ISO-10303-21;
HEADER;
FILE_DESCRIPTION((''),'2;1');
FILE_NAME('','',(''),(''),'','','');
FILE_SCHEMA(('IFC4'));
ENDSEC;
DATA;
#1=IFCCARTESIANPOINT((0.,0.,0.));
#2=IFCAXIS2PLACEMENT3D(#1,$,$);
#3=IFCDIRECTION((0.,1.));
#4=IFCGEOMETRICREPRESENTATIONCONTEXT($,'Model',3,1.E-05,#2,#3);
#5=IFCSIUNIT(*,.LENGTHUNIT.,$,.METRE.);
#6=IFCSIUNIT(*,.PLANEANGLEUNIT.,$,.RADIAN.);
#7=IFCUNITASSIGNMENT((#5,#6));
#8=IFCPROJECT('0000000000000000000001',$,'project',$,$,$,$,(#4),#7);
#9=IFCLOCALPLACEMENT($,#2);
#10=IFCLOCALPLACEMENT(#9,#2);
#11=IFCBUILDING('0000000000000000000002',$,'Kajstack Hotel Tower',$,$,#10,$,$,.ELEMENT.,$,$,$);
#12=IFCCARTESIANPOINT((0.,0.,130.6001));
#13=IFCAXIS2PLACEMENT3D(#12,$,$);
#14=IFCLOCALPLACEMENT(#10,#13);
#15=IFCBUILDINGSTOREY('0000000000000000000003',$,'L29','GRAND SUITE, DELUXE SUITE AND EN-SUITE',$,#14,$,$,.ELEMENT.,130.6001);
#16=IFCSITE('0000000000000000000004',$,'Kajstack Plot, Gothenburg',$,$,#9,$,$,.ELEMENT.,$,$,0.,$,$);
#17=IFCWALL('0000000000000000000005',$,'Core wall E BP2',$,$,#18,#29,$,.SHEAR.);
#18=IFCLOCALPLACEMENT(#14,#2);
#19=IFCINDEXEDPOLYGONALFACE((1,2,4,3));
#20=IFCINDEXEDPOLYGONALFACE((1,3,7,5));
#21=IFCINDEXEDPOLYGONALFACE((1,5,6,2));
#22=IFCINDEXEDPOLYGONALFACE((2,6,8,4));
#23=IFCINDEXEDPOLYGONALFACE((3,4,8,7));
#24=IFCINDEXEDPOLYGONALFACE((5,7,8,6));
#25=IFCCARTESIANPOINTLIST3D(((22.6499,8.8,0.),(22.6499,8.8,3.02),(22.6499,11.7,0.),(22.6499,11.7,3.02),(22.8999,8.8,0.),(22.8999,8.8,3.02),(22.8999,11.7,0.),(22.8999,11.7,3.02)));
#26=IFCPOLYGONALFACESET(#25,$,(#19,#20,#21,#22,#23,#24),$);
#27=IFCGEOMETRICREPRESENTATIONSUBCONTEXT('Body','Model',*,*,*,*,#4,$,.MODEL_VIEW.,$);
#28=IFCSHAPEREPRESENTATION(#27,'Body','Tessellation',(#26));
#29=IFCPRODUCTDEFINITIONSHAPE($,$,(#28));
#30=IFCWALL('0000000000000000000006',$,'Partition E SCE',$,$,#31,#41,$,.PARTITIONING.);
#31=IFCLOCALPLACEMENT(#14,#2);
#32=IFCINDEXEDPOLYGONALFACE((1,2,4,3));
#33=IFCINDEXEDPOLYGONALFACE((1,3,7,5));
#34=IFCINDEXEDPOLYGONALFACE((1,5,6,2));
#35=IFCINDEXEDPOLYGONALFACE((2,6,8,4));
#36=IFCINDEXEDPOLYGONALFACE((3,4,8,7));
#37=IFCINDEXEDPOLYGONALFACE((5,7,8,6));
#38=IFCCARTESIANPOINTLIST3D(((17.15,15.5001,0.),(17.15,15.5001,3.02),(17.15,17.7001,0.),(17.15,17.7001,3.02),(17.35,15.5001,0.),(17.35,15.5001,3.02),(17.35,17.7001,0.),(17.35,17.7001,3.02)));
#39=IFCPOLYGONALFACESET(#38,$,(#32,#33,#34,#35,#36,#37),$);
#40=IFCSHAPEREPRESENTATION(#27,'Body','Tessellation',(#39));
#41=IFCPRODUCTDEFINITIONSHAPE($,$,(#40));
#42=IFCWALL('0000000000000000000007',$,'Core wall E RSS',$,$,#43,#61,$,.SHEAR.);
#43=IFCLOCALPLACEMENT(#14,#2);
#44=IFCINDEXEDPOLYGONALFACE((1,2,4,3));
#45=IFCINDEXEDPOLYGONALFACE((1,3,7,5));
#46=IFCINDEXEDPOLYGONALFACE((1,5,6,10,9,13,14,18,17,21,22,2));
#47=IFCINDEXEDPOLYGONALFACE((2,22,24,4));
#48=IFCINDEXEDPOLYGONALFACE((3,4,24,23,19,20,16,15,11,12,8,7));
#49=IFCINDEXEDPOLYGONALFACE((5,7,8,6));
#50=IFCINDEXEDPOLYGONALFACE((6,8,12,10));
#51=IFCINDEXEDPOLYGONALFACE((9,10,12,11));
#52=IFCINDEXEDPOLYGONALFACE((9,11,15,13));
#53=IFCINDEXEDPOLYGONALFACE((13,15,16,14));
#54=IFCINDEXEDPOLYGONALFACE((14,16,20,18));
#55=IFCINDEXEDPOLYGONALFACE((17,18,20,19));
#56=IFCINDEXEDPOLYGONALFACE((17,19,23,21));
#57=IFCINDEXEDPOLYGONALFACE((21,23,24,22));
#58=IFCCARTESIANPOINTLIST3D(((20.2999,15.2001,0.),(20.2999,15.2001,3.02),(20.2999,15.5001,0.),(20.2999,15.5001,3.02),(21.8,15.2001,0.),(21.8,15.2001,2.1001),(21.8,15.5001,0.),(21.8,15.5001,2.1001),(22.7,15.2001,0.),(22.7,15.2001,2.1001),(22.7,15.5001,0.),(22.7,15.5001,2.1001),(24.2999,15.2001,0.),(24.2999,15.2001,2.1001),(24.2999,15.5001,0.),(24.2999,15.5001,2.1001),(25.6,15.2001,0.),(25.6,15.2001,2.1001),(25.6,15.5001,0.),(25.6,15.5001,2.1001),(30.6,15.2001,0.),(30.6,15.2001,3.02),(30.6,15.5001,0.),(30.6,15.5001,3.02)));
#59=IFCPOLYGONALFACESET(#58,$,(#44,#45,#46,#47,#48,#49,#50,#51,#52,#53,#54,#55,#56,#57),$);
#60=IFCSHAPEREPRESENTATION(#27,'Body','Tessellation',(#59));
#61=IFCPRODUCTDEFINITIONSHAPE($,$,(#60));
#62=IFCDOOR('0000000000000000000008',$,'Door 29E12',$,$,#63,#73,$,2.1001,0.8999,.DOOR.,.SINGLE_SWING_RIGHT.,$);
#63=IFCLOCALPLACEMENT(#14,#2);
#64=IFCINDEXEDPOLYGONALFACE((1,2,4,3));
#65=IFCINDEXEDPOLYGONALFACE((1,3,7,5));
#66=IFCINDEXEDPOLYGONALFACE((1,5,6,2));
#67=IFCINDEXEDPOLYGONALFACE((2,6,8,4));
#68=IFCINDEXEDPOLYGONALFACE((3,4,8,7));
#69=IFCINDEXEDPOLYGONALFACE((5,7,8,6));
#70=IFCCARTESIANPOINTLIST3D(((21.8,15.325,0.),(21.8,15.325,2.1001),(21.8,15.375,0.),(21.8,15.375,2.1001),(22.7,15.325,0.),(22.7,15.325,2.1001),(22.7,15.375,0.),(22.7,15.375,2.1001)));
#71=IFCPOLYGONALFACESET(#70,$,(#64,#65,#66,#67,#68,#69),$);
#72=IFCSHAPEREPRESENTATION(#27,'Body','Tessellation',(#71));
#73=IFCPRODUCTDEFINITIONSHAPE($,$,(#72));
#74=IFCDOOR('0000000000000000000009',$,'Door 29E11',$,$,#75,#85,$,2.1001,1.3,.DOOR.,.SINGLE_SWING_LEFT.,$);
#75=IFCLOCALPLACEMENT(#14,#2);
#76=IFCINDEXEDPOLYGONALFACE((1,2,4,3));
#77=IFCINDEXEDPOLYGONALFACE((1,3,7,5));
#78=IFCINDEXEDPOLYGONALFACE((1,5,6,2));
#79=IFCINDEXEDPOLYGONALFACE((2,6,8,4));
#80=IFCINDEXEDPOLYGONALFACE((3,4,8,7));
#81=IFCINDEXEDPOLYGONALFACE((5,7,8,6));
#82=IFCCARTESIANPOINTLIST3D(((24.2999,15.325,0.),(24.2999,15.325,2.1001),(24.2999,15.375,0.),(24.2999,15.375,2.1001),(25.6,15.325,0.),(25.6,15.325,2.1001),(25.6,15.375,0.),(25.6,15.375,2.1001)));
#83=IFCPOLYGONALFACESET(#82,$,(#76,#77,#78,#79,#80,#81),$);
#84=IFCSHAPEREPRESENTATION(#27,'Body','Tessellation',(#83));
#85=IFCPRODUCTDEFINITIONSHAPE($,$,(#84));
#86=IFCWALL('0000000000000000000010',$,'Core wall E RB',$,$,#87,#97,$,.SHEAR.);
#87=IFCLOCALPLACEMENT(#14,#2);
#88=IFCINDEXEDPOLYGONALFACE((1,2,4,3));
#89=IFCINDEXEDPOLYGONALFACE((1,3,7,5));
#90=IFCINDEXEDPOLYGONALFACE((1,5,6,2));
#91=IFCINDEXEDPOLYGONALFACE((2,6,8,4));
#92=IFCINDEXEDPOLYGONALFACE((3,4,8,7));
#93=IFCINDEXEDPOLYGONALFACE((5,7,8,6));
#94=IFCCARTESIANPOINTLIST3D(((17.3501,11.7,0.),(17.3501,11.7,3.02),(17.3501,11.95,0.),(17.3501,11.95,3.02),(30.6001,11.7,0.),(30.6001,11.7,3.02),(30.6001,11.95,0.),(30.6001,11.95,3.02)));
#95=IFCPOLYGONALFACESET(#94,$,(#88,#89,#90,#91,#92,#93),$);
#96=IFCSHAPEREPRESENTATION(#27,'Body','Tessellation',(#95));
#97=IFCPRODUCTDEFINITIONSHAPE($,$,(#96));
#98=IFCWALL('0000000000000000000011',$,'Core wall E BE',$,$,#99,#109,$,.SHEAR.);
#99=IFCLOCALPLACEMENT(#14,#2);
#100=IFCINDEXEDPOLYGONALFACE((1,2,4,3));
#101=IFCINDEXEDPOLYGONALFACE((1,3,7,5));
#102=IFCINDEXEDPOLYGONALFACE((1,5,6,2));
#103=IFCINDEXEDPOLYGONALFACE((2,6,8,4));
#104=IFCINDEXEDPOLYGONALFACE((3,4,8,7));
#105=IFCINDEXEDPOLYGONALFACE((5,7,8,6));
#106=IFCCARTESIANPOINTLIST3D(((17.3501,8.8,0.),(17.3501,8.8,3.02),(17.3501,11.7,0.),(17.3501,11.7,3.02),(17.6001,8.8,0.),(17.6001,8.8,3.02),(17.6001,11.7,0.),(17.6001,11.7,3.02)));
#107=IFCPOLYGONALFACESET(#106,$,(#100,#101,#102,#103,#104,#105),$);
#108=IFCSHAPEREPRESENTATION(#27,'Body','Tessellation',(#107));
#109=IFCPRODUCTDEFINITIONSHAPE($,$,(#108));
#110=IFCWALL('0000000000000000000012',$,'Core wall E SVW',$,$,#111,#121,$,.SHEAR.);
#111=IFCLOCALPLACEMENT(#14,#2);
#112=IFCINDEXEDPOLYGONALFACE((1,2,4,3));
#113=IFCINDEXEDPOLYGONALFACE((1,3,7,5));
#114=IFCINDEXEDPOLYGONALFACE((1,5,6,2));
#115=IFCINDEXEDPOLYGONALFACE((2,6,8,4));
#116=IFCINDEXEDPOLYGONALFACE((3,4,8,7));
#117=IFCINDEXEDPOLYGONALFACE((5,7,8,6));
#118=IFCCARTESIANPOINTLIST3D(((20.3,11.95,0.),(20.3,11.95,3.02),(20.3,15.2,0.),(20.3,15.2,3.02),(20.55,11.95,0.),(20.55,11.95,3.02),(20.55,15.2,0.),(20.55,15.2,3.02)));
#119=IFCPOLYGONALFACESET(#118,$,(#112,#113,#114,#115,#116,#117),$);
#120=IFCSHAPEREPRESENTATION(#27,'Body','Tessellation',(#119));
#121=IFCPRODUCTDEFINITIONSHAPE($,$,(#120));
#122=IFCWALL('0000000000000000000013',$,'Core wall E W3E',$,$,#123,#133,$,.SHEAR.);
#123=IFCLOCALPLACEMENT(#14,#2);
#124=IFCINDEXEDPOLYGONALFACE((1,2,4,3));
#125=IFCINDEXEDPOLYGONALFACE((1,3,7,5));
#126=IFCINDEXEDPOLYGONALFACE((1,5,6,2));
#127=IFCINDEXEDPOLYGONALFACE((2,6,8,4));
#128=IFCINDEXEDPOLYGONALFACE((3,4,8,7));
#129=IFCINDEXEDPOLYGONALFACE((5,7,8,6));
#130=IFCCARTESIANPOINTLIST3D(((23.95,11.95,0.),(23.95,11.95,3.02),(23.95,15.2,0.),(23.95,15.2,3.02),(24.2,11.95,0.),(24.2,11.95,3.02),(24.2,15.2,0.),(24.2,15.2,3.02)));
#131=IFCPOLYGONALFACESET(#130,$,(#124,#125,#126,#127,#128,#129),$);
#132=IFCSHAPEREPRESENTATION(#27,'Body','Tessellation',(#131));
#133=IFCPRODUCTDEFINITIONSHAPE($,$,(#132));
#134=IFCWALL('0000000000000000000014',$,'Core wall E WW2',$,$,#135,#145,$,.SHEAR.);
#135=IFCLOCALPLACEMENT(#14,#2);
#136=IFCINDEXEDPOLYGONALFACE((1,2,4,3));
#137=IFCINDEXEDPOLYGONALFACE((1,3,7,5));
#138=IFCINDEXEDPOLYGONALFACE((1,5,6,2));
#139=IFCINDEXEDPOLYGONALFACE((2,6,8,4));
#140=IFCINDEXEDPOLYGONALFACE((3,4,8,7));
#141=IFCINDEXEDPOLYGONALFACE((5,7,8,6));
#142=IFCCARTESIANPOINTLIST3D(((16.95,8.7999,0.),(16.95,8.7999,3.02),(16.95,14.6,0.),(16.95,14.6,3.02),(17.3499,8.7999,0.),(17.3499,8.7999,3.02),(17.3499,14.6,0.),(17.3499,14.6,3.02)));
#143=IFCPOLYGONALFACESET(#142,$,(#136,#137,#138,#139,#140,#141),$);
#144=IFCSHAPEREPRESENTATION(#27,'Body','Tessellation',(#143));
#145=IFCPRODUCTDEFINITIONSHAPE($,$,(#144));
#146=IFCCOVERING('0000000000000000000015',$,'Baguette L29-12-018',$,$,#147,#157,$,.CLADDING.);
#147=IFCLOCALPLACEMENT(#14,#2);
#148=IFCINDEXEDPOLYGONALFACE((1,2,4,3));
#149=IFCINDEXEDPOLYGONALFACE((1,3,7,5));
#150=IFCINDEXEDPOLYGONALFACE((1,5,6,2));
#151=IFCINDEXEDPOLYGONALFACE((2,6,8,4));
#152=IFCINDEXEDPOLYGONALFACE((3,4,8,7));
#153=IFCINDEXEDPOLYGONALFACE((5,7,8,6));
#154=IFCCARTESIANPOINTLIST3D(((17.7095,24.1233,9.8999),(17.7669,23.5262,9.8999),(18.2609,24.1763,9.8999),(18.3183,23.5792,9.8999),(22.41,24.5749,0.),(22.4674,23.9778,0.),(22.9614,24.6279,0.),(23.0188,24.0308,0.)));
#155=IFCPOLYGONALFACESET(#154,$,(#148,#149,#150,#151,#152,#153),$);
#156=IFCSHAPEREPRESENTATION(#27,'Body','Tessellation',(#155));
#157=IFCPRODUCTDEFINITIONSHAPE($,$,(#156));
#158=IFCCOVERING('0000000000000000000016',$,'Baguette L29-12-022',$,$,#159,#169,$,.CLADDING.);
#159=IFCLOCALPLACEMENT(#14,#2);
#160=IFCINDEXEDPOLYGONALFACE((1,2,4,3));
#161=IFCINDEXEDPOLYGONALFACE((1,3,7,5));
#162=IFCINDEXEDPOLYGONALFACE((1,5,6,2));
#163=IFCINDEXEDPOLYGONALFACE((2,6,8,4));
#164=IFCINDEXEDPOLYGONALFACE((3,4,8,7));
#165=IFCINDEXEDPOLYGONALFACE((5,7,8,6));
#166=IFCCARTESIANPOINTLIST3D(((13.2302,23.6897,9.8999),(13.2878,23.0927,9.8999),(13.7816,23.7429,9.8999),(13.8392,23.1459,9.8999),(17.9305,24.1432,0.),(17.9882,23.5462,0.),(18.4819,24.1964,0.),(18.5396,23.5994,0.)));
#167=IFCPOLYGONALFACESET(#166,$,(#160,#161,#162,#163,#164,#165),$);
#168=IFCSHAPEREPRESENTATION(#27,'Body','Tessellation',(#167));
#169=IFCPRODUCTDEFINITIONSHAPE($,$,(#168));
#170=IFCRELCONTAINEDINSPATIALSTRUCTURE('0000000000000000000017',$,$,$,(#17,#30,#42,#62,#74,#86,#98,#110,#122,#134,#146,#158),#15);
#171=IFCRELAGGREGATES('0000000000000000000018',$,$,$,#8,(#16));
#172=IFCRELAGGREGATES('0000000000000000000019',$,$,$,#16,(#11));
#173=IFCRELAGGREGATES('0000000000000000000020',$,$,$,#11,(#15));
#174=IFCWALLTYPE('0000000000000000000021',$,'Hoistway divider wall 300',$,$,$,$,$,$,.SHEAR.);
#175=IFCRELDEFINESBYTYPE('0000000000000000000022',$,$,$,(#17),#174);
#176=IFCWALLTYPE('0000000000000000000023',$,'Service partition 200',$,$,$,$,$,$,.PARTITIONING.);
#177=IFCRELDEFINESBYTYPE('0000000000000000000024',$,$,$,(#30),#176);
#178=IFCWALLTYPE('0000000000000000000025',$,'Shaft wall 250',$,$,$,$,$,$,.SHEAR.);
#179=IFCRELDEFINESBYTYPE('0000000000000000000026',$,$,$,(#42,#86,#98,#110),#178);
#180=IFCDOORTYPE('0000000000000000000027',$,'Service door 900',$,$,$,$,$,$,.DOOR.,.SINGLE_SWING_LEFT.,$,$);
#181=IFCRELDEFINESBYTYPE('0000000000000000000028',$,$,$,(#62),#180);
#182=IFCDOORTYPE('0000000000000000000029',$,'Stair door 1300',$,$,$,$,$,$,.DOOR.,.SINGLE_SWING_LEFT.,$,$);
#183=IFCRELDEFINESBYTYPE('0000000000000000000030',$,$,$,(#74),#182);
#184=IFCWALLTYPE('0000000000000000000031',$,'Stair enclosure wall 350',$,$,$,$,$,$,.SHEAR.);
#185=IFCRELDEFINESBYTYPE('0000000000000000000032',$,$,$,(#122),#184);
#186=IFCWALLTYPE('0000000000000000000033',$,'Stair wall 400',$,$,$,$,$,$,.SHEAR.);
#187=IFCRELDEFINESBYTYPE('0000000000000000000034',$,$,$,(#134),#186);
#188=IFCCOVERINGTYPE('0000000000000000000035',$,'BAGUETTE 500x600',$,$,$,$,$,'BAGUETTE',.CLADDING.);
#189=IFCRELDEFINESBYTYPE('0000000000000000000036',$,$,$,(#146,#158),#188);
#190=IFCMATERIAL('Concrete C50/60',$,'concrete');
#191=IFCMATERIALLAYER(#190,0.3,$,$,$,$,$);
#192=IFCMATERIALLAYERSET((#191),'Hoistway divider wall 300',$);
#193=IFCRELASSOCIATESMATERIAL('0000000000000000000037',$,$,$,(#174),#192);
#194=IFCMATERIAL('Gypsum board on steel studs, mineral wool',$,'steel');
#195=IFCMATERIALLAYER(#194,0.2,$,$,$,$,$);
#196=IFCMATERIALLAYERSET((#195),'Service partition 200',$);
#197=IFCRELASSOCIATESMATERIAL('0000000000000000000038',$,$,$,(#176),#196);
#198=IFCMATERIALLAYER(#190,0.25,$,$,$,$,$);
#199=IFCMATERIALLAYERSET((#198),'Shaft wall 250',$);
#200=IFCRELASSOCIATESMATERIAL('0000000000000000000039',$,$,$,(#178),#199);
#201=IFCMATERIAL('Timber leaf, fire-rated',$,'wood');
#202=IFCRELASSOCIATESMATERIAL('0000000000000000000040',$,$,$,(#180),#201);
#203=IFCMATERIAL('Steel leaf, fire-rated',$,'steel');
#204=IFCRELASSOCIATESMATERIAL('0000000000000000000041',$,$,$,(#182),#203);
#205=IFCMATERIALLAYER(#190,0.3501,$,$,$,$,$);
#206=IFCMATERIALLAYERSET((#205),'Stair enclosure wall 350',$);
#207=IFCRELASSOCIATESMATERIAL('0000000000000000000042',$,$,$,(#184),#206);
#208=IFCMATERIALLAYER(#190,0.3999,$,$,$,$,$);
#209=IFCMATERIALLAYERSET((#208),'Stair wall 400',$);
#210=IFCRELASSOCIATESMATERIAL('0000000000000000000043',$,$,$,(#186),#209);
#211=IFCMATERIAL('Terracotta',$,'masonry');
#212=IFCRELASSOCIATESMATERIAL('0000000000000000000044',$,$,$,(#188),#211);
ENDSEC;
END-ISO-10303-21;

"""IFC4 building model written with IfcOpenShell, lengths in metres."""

from ifc_helpers import new_model, si_unit, direction, frame, frame_2d, origin, origin_2d, place, context, subcontext, project, spatial, polyline, rectangle, outline, extrude, material, layer, layer_set, material_profile, profile_set, type_object, element, fill, save


model = new_model("IFC4")

# Units and contexts
model_context = context("Model", 3, precision=1e-05, world=origin(), true_north=direction((0.0, 1.0)))
body_context = subcontext(model_context, "Body", "Model", "MODEL_VIEW")
ifc_project = project(units=[si_unit("LENGTHUNIT", "METRE"), si_unit("PLANEANGLEUNIT", "RADIAN")], contexts=[model_context])

# Site, building, storey
site_placement = place(None, origin())
site = spatial("IfcSite", under=ifc_project, at=site_placement, Name="Kajstack Plot, Gothenburg", CompositionType="ELEMENT", RefElevation=0.0)
building_placement = place(site_placement, origin())
building = spatial("IfcBuilding", under=site, at=building_placement, Name="Kajstack Hotel Tower", CompositionType="ELEMENT")
storey_placement = place(building_placement, frame((0.0, 0.0, 130.6001)))
storey = spatial("IfcBuildingStorey", under=building, at=storey_placement, Name="L29", Description="GRAND SUITE, DELUXE SUITE AND EN-SUITE", CompositionType="ELEMENT", Elevation=130.6001)

# Walls
ifc_material_1 = material(Name="Concrete C50/60", Category="concrete")
ifc_layer_1 = layer(ifc_material_1, 0.3)
ifc_layer_set_1 = layer_set([ifc_layer_1], Name="Hoistway divider wall 300")
wall_type_1 = type_object("IfcWallType", Name="Hoistway divider wall 300", PredefinedType="SHEAR", material=ifc_layer_set_1)
wall_1_placement = place(storey_placement, frame((22.7749, 8.8, 0.0), z_axis=(0.0, 0.0, 1.0), x_axis=(0.0, 1.0, 0.0)))
element("IfcWall", 1, at=wall_1_placement, inside=storey, type_object=wall_type_1, Name="Core wall E BP2", PredefinedType="SHEAR", context=body_context, shape_type="SweptSolid", body=[
    extrude(rectangle(XDim=2.8999, YDim=0.25, at=frame_2d((1.45, 0.0))), origin(), (0.0, 0.0, 1.0), 3.02),
])
ifc_material_2 = material(Name="Gypsum board on steel studs, mineral wool", Category="steel")
ifc_layer_2 = layer(ifc_material_2, 0.2)
ifc_layer_set_2 = layer_set([ifc_layer_2], Name="Service partition 200")
wall_type_2 = type_object("IfcWallType", Name="Service partition 200", PredefinedType="PARTITIONING", material=ifc_layer_set_2)
wall_2_placement = place(storey_placement, frame((17.25, 15.5, 0.0), z_axis=(0.0, 0.0, 1.0), x_axis=(0.0, 1.0, 0.0)))
element("IfcWall", 2, at=wall_2_placement, inside=storey, type_object=wall_type_2, Name="Partition E SCE", PredefinedType="PARTITIONING", context=body_context, shape_type="SweptSolid", body=[
    extrude(rectangle(XDim=2.2, YDim=0.2, at=frame_2d((1.1001, 0.0))), origin(), (0.0, 0.0, 1.0), 3.02),
])

# Wall, openings, doors
ifc_layer_3 = layer(ifc_material_1, 0.25)
ifc_layer_set_3 = layer_set([ifc_layer_3], Name="Shaft wall 250")
wall_type_3 = type_object("IfcWallType", Name="Shaft wall 250", PredefinedType="SHEAR", material=ifc_layer_set_3)
wall_3_placement = place(storey_placement, frame((20.3, 15.3501, 0.0), z_axis=(0.0, 0.0, 1.0), x_axis=(1.0, 0.0, 0.0)))
wall_3 = element("IfcWall", 3, at=wall_3_placement, inside=storey, type_object=wall_type_3, Name="Core wall E RSS", PredefinedType="SHEAR", context=body_context, shape_type="SweptSolid", body=[
    extrude(rectangle(XDim=10.3, YDim=0.3, at=frame_2d((5.1499, 0.0))), origin(), (0.0, 0.0, 1.0), 3.02),
])
opening_1_placement = place(wall_3_placement, frame((4.0, 0.0, 0.0)))
opening_1 = element("IfcOpeningElement", 4, at=opening_1_placement, cuts=wall_3, PredefinedType="OPENING", context=body_context, shape_type="SweptSolid", body=[
    extrude(rectangle(XDim=1.3, YDim=2.1001, at=frame_2d((0.6499, 1.05))), frame((0.0, 0.1599, 0.0), z_axis=(0.0, -1.0, 0.0), x_axis=(1.0, 0.0, 0.0)), (0.0, 0.0, 1.0), 0.3201),
])
opening_2_placement = place(wall_3_placement, frame((1.5, 0.0, 0.0)))
opening_2 = element("IfcOpeningElement", 5, at=opening_2_placement, cuts=wall_3, PredefinedType="OPENING", context=body_context, shape_type="SweptSolid", body=[
    extrude(rectangle(XDim=0.8999, YDim=2.1001, at=frame_2d((0.45, 1.05))), frame((0.0, 0.1599, 0.0), z_axis=(0.0, -1.0, 0.0), x_axis=(1.0, 0.0, 0.0)), (0.0, 0.0, 1.0), 0.3201),
])
ifc_material_3 = material(Name="Timber leaf, fire-rated", Category="wood")
door_type_1 = type_object("IfcDoorType", Name="Service door 900", OperationType="SINGLE_SWING_LEFT", PredefinedType="DOOR", material=ifc_material_3)
door_1_placement = place(opening_2_placement, origin())
door_1 = element("IfcDoor", 6, at=door_1_placement, inside=storey, type_object=door_type_1, Name="Door 29E12", OperationType="SINGLE_SWING_RIGHT", OverallHeight=2.1001, OverallWidth=0.8999, PredefinedType="DOOR", context=body_context, shape_type="SweptSolid", body=[
    extrude(rectangle(XDim=0.8999, YDim=2.1001, at=frame_2d((0.45, 1.05))), frame((0.0, 0.0249, 0.0), z_axis=(0.0, -1.0, 0.0), x_axis=(1.0, 0.0, 0.0)), (0.0, 0.0, 1.0), 0.05),
])
fill(opening_2, door_1)
ifc_material_4 = material(Name="Steel leaf, fire-rated", Category="steel")
door_type_2 = type_object("IfcDoorType", Name="Stair door 1300", OperationType="SINGLE_SWING_LEFT", PredefinedType="DOOR", material=ifc_material_4)
door_2_placement = place(opening_1_placement, origin())
door_2 = element("IfcDoor", 7, at=door_2_placement, inside=storey, type_object=door_type_2, Name="Door 29E11", OperationType="SINGLE_SWING_LEFT", OverallHeight=2.1001, OverallWidth=1.3, PredefinedType="DOOR", context=body_context, shape_type="SweptSolid", body=[
    extrude(rectangle(XDim=1.3, YDim=2.1001, at=frame_2d((0.6499, 1.05))), frame((0.0, 0.0249, 0.0), z_axis=(0.0, -1.0, 0.0), x_axis=(1.0, 0.0, 0.0)), (0.0, 0.0, 1.0), 0.05),
])
fill(opening_1, door_2)

# Walls
wall_4_placement = place(storey_placement, frame((17.3501, 11.825, 0.0), z_axis=(0.0, 0.0, 1.0), x_axis=(1.0, 0.0, 0.0)))
element("IfcWall", 8, at=wall_4_placement, inside=storey, type_object=wall_type_3, Name="Core wall E RB", PredefinedType="SHEAR", context=body_context, shape_type="SweptSolid", body=[
    extrude(rectangle(XDim=13.25, YDim=0.25, at=frame_2d((6.625, 0.0))), origin(), (0.0, 0.0, 1.0), 3.02),
])
wall_5_placement = place(storey_placement, frame((17.4751, 8.8, 0.0), z_axis=(0.0, 0.0, 1.0), x_axis=(0.0, 1.0, 0.0)))
element("IfcWall", 9, at=wall_5_placement, inside=storey, type_object=wall_type_3, Name="Core wall E BE", PredefinedType="SHEAR", context=body_context, shape_type="SweptSolid", body=[
    extrude(rectangle(XDim=2.8999, YDim=0.25, at=frame_2d((1.45, 0.0))), origin(), (0.0, 0.0, 1.0), 3.02),
])
wall_6_placement = place(storey_placement, frame((20.425, 11.95, 0.0), z_axis=(0.0, 0.0, 1.0), x_axis=(0.0, 1.0, 0.0)))
element("IfcWall", 10, at=wall_6_placement, inside=storey, type_object=wall_type_3, Name="Core wall E SVW", PredefinedType="SHEAR", context=body_context, shape_type="SweptSolid", body=[
    extrude(rectangle(XDim=3.25, YDim=0.25, at=frame_2d((1.625, 0.0))), origin(), (0.0, 0.0, 1.0), 3.02),
])
ifc_layer_4 = layer(ifc_material_1, 0.3501)
ifc_layer_set_4 = layer_set([ifc_layer_4], Name="Stair enclosure wall 350")
wall_type_4 = type_object("IfcWallType", Name="Stair enclosure wall 350", PredefinedType="SHEAR", material=ifc_layer_set_4)
wall_7_placement = place(storey_placement, frame((24.075, 11.95, 0.0), z_axis=(0.0, 0.0, 1.0), x_axis=(0.0, 1.0, 0.0)))
element("IfcWall", 11, at=wall_7_placement, inside=storey, type_object=wall_type_4, Name="Core wall E W3E", PredefinedType="SHEAR", context=body_context, shape_type="SweptSolid", body=[
    extrude(rectangle(XDim=3.25, YDim=0.25, at=frame_2d((1.625, 0.0))), origin(), (0.0, 0.0, 1.0), 3.02),
])
ifc_layer_5 = layer(ifc_material_1, 0.3999)
ifc_layer_set_5 = layer_set([ifc_layer_5], Name="Stair wall 400")
wall_type_5 = type_object("IfcWallType", Name="Stair wall 400", PredefinedType="SHEAR", material=ifc_layer_set_5)
wall_8_placement = place(storey_placement, frame((17.1499, 8.8, 0.0), z_axis=(0.0, 0.0, 1.0), x_axis=(0.0, 1.0, 0.0)))
element("IfcWall", 12, at=wall_8_placement, inside=storey, type_object=wall_type_5, Name="Core wall E WW2", PredefinedType="SHEAR", context=body_context, shape_type="SweptSolid", body=[
    extrude(rectangle(XDim=5.8, YDim=0.3999, at=frame_2d((2.8999, 0.0))), origin(), (0.0, 0.0, 1.0), 3.02),
])

# Coverings
ifc_material_5 = material(Name="Terracotta", Category="masonry")
ifc_material_profile = material_profile(ifc_material_5, rectangle(XDim=0.6001, YDim=0.5, at=origin_2d()), Name="Terracotta-clad concrete baguette 500 x 600")
ifc_profile_set = profile_set([ifc_material_profile], Name="Terracotta")
covering_type = type_object("IfcCoveringType", Name="BAGUETTE 500x600", ElementType="BAGUETTE", PredefinedType="CLADDING", material=ifc_profile_set)
for number, where, z_axis, x_axis, name in (
    (13, (23.0188, 24.0308, 0.0), (-0.095635, 0.995416, 0.0), (-0.995416, -0.095635, 0.0), "Baguette L29-12-018"),
    (14, (18.5396, 23.5994, 0.0), (-0.096038, 0.995378, 0.0), (-0.995378, -0.096038, 0.0), "Baguette L29-12-022"),
):
    element("IfcCovering", number, at=place(storey_placement, frame(where, z_axis=z_axis, x_axis=x_axis)), inside=storey, type_object=covering_type, Name=name, PredefinedType="CLADDING", context=body_context, shape_type="SweptSolid", body=[
        extrude(outline(polyline([(4.7222, 9.8999), (0.0, 0.0), (0.554, 0.0), (5.2761, 9.8999), (4.7222, 9.8999)])), origin(), (0.0, 0.0, 1.0), 0.5999),
    ])

save(model, "model.ifc")
